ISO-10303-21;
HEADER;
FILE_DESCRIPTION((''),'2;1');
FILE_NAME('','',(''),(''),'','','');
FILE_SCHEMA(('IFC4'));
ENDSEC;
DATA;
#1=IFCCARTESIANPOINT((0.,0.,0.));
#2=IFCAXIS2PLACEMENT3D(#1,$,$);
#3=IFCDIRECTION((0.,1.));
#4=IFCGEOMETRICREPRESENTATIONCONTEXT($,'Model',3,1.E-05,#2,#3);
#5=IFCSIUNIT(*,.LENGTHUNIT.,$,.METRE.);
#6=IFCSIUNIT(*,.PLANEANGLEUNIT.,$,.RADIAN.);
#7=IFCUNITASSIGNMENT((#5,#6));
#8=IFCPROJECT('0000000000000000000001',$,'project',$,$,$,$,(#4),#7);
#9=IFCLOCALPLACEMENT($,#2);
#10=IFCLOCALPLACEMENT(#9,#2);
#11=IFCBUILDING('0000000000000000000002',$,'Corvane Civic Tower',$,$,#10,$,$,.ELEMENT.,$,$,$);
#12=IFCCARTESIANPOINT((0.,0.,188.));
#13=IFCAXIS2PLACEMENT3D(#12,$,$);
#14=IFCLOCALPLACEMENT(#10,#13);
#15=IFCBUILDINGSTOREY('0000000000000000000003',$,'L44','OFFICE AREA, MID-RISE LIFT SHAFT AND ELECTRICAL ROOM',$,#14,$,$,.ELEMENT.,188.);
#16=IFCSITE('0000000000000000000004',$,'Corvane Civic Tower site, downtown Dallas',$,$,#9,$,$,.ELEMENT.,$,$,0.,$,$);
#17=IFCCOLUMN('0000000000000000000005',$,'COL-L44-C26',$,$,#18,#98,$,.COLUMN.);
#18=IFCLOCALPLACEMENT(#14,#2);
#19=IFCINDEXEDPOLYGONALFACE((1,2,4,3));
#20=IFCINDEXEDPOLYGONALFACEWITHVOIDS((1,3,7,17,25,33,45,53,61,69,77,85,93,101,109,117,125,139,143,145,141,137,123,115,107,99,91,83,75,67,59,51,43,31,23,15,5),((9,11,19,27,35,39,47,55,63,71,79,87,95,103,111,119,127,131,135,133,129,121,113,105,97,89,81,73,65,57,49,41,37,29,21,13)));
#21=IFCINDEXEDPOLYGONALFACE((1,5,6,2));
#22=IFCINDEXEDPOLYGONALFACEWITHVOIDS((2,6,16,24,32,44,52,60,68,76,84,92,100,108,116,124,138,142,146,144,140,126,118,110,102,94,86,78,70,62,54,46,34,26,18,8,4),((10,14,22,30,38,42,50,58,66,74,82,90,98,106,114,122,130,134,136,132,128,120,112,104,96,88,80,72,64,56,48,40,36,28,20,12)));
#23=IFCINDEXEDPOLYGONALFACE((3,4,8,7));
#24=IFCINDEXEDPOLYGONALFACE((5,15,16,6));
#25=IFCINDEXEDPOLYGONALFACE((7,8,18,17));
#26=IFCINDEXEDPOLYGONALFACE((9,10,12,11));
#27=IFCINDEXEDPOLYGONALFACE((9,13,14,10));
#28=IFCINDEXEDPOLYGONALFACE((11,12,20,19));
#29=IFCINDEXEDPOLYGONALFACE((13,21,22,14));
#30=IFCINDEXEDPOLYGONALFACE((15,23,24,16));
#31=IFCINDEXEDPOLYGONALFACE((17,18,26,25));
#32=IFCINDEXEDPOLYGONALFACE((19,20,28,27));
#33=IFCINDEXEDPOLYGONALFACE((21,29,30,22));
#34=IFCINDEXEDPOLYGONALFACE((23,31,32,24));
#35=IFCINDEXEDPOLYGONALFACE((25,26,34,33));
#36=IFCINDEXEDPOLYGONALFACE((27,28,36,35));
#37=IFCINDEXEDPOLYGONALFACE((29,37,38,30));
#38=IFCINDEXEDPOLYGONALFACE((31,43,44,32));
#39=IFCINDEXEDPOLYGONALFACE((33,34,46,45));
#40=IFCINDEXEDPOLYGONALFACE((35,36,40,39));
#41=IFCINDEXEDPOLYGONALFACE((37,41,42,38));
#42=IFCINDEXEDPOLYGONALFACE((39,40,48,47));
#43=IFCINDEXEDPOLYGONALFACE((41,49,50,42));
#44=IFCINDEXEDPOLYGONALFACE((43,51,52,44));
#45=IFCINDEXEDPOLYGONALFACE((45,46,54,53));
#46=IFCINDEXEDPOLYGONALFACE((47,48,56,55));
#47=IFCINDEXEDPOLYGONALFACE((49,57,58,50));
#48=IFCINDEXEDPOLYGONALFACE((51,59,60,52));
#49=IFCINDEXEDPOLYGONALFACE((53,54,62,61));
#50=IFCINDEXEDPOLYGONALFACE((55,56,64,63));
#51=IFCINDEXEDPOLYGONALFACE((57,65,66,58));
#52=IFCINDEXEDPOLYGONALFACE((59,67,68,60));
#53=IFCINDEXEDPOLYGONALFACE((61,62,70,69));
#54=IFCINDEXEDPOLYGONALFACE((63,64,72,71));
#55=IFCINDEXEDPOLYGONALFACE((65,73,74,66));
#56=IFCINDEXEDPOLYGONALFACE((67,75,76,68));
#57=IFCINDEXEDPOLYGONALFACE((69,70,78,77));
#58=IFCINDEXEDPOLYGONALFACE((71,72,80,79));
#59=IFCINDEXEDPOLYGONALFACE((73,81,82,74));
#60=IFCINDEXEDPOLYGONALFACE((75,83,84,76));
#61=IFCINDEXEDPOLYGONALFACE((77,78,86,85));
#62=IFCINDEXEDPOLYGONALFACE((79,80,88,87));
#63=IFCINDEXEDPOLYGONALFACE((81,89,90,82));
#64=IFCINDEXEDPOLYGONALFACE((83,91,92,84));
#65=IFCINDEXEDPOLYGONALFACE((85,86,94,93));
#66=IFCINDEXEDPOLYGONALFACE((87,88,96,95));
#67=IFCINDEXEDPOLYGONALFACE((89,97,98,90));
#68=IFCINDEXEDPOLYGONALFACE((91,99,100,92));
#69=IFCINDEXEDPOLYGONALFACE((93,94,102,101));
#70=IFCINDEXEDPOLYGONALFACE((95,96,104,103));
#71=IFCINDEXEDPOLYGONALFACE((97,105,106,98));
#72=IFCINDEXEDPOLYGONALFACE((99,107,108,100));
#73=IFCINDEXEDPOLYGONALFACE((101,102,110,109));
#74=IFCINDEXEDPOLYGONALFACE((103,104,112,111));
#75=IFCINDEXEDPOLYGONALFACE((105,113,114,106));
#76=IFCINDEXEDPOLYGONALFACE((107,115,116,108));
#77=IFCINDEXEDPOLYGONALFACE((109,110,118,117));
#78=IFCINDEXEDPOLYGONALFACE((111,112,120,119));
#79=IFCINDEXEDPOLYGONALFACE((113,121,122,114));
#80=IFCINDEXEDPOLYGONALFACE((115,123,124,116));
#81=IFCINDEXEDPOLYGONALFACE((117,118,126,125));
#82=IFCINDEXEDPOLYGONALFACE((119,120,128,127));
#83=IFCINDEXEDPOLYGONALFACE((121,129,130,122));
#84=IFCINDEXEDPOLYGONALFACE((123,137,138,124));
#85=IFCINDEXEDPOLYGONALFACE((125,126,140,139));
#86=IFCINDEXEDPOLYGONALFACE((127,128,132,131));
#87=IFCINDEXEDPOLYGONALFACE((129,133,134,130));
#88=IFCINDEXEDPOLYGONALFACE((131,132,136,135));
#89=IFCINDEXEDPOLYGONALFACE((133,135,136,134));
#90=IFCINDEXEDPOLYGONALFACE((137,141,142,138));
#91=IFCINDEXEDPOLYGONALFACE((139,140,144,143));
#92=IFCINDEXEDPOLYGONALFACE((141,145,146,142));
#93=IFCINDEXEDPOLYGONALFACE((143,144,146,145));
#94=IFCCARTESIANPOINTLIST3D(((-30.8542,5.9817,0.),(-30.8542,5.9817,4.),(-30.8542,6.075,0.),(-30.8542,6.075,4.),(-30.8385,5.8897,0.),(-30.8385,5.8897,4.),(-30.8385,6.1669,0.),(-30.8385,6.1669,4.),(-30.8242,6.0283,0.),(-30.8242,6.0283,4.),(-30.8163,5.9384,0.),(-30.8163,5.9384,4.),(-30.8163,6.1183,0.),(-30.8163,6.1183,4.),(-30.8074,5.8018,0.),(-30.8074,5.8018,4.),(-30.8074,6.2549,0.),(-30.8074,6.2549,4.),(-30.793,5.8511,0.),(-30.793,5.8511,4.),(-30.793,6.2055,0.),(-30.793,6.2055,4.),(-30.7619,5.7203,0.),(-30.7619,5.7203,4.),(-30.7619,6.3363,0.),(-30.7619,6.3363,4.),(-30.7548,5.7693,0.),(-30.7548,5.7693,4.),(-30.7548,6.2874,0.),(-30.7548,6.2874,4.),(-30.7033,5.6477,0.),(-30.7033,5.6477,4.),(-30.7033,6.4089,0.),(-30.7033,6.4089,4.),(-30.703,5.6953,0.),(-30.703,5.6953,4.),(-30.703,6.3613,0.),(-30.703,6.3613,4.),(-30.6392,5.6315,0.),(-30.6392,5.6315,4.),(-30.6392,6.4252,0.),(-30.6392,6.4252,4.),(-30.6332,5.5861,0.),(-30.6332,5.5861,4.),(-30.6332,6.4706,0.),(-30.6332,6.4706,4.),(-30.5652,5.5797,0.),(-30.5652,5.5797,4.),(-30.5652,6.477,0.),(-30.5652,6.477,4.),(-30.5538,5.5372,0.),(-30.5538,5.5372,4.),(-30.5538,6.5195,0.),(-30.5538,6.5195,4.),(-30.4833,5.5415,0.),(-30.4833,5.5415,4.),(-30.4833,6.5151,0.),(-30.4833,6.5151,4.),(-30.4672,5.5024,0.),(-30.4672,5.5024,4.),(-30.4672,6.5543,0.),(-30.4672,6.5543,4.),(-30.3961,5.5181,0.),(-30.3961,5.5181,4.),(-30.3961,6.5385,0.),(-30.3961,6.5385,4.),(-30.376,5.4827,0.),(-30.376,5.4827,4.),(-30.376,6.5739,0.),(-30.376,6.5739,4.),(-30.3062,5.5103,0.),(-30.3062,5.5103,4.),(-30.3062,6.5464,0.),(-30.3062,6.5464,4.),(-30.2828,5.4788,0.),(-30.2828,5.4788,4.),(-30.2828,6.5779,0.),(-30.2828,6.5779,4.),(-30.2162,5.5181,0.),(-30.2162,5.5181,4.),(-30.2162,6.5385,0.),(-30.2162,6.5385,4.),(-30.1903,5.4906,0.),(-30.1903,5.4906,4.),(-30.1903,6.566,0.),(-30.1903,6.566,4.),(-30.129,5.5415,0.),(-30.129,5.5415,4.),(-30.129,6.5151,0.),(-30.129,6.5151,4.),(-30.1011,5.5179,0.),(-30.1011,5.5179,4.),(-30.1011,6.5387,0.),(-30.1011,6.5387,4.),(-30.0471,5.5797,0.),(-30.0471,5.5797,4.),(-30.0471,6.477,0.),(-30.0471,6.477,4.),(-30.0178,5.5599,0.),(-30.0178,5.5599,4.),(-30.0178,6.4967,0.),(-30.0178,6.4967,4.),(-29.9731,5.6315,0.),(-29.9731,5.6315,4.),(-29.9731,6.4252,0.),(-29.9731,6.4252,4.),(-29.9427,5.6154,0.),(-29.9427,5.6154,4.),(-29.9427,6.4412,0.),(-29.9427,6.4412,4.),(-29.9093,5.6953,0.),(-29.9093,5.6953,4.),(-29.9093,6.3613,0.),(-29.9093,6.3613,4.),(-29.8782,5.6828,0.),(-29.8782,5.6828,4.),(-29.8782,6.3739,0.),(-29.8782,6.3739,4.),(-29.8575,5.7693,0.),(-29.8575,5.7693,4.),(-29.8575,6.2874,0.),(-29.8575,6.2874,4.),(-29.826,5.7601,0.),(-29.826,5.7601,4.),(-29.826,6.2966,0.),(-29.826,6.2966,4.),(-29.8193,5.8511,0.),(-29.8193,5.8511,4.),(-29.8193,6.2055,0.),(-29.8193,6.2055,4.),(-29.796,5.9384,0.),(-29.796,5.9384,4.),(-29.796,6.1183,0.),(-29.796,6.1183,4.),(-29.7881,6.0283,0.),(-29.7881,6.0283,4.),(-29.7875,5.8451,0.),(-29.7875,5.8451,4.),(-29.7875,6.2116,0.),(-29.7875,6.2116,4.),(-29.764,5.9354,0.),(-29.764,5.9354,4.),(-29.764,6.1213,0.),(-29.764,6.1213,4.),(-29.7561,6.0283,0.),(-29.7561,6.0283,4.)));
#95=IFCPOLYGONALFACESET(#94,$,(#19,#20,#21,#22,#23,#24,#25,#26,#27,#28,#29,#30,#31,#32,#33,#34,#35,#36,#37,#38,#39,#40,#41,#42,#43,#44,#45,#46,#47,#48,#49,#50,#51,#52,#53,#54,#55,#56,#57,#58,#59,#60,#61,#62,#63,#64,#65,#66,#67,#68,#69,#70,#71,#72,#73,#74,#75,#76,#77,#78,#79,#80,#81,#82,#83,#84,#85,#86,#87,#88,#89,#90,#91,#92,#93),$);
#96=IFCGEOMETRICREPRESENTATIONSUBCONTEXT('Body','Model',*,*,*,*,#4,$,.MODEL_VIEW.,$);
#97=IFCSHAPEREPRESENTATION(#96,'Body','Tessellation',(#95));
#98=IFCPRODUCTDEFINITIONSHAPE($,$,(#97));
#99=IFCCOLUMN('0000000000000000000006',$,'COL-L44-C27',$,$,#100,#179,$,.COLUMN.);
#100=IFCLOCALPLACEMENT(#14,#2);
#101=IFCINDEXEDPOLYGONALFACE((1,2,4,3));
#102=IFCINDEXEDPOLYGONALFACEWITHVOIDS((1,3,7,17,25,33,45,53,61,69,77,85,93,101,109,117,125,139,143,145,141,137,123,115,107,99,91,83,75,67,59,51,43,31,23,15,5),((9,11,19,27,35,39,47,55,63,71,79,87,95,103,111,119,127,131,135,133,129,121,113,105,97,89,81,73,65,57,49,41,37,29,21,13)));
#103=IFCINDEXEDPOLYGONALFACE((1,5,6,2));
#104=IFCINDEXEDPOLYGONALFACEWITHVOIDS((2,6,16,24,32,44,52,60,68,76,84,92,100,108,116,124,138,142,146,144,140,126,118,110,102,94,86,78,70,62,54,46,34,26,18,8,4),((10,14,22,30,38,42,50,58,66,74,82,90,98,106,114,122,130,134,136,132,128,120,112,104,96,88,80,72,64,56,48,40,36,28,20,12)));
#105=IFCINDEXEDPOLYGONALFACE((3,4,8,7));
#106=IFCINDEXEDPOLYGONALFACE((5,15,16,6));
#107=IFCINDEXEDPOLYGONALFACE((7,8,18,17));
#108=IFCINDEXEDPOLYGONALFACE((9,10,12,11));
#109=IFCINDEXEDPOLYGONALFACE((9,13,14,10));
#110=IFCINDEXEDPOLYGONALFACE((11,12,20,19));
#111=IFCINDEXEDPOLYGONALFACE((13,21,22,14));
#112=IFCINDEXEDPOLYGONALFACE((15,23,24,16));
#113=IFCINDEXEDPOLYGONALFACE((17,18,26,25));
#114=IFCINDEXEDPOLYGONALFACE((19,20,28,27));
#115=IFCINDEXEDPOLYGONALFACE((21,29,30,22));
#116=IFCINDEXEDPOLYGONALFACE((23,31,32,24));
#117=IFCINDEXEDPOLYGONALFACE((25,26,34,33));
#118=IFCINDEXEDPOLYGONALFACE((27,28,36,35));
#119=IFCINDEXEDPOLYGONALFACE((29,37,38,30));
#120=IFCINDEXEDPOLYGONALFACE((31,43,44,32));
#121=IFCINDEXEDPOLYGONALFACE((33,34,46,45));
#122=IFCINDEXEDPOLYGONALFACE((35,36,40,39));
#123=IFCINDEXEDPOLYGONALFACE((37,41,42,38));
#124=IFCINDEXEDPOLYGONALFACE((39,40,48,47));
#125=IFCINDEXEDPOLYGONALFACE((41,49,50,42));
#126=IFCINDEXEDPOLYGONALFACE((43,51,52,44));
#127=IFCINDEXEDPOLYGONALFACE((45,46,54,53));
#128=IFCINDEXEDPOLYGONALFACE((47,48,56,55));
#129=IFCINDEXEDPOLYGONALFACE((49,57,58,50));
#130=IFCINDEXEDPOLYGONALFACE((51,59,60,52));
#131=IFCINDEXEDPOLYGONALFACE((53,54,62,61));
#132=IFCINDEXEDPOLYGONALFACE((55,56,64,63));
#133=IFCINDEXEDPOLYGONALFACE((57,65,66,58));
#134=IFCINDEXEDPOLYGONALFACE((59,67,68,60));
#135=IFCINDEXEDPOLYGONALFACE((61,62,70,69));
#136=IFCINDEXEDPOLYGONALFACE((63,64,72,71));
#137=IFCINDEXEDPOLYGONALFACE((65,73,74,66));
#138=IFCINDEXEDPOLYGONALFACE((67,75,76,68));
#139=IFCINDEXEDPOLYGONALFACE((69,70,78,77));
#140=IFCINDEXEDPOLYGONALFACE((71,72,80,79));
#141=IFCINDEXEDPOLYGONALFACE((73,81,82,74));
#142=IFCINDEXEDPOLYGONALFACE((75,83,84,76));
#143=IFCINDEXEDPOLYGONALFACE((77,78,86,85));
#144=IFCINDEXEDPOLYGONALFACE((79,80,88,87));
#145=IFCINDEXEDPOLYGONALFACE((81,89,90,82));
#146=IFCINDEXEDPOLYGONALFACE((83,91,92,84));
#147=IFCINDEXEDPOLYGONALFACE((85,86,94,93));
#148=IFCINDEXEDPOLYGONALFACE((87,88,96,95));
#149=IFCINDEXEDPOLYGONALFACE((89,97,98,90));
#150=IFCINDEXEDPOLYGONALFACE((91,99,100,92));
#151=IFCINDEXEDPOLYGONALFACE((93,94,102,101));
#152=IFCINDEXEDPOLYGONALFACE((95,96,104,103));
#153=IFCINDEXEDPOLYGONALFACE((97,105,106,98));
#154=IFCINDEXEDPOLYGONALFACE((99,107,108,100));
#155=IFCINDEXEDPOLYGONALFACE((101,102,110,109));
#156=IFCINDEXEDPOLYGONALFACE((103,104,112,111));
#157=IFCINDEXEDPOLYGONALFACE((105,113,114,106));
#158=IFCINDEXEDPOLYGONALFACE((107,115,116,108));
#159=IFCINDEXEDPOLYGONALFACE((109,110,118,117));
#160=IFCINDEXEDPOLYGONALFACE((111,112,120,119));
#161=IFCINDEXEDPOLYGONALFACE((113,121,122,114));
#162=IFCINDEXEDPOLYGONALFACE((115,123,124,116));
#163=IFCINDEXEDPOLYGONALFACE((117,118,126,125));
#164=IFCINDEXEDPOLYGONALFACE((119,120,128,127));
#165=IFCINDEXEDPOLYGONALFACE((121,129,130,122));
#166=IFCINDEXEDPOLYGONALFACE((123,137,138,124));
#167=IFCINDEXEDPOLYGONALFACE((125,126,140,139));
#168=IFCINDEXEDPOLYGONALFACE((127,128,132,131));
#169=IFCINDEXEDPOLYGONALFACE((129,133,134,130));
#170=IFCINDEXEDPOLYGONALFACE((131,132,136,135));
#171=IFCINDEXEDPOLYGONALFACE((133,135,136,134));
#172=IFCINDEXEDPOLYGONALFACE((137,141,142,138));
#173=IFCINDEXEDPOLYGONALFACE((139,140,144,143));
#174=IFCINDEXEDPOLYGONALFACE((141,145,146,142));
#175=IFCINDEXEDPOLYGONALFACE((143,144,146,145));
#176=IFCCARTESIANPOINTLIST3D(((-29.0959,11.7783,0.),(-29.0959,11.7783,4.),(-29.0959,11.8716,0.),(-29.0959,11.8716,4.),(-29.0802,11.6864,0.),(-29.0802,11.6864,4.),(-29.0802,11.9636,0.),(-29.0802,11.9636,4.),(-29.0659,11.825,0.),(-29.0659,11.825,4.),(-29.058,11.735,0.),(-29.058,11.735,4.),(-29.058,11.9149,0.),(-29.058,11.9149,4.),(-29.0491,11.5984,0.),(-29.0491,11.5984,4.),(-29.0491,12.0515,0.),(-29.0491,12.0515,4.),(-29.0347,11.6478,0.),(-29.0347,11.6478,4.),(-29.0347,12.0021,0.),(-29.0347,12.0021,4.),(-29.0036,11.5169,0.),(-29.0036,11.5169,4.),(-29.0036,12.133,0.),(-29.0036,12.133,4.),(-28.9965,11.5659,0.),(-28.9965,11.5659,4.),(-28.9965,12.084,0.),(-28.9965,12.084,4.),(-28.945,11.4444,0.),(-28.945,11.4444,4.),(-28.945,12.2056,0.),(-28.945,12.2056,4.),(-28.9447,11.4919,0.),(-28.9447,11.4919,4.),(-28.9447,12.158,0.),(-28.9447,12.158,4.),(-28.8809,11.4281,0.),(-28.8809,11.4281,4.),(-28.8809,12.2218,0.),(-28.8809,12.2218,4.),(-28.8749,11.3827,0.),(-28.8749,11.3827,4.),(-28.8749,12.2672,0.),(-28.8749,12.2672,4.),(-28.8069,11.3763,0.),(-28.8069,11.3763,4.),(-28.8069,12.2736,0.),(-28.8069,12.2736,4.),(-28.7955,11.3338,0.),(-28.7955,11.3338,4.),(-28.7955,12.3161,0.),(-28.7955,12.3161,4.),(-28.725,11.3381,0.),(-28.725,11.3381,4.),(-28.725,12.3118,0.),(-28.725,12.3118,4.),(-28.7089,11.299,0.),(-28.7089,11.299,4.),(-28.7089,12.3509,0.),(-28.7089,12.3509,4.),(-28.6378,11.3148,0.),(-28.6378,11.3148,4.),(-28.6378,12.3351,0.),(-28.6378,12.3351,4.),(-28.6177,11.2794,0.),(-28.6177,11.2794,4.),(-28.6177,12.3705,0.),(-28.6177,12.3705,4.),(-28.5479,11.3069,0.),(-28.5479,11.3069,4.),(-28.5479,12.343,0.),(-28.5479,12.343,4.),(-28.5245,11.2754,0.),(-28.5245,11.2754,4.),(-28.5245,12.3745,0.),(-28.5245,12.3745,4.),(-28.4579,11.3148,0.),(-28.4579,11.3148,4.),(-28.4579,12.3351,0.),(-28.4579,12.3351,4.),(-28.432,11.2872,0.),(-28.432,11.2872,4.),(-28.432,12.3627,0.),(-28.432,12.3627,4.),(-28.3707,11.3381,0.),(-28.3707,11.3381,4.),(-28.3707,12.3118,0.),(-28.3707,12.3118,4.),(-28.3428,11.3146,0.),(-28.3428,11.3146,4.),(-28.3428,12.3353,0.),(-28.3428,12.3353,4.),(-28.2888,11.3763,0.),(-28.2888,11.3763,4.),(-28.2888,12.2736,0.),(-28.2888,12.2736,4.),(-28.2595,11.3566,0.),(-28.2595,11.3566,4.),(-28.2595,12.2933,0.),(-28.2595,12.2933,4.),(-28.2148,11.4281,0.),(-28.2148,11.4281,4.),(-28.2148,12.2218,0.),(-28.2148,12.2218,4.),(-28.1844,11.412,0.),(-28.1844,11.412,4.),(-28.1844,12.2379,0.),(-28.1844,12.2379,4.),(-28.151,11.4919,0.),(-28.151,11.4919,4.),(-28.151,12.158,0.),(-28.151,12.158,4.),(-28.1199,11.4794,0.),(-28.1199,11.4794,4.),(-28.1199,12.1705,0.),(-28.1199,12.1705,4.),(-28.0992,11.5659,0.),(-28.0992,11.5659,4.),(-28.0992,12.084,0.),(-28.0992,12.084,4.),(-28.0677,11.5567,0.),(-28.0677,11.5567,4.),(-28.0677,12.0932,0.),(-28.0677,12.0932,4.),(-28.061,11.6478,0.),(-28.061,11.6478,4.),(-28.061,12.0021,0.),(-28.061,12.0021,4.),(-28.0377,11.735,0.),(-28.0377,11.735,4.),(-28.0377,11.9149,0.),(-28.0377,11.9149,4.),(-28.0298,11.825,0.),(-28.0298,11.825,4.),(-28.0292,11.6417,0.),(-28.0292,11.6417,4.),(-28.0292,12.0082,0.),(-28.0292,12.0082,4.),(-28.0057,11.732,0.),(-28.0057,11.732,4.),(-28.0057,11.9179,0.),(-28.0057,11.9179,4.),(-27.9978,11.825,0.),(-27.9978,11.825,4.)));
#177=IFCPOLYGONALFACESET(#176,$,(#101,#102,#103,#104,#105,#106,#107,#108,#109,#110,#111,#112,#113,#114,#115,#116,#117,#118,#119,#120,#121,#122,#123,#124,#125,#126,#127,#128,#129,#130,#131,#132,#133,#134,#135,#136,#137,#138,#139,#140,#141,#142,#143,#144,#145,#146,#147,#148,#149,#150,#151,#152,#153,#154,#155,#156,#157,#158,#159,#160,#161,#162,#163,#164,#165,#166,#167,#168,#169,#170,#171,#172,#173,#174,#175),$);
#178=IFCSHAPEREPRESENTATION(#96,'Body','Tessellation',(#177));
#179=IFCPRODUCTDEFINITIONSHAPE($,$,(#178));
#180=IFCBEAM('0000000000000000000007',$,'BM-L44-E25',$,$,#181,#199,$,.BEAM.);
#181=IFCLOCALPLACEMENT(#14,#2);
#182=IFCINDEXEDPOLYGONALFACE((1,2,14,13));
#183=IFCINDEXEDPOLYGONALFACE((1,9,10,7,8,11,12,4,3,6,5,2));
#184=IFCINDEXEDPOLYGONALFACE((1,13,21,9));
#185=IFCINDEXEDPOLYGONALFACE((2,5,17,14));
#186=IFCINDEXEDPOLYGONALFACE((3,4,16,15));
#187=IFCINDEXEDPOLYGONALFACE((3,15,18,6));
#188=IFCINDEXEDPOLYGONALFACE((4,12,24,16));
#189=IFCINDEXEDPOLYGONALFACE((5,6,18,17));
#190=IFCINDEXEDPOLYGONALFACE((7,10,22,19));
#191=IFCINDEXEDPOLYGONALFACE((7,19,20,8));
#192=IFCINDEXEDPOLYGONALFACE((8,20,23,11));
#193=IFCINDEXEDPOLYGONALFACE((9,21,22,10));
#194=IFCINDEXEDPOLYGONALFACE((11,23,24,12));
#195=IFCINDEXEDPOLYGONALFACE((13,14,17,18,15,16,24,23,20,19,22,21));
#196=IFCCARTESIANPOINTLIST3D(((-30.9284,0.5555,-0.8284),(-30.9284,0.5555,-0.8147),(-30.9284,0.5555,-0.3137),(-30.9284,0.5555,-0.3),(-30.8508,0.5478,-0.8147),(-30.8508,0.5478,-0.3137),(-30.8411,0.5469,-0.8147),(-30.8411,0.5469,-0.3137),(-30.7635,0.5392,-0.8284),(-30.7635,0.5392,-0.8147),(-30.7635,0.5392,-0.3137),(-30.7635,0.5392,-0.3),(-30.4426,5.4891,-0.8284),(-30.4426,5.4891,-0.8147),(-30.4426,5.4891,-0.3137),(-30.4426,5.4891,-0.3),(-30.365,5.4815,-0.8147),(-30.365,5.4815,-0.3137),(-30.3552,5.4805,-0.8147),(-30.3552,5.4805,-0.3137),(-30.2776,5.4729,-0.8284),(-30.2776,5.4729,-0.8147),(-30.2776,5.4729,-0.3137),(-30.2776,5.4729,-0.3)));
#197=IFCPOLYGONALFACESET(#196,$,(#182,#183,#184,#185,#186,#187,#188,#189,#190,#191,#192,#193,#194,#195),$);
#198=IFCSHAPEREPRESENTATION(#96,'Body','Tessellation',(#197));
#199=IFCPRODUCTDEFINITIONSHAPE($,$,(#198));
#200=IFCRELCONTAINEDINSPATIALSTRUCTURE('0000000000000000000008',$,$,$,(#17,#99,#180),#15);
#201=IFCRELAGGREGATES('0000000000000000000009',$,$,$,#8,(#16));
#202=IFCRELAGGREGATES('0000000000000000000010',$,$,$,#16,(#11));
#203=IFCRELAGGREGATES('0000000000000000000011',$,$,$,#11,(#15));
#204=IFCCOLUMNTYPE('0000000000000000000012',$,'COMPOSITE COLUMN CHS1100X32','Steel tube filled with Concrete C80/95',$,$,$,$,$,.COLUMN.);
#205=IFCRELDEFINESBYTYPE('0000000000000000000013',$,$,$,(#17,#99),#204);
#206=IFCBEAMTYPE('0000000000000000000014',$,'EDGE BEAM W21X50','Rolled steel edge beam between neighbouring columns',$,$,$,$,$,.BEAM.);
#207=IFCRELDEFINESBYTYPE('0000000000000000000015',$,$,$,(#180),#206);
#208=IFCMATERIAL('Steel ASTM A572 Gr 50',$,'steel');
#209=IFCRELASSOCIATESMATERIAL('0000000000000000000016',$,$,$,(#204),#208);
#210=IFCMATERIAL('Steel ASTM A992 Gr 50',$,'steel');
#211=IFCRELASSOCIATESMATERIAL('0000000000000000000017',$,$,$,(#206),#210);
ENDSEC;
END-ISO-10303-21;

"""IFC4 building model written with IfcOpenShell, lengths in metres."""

from ifc_helpers import new_model, si_unit, direction, frame, origin, origin_2d, place, context, subcontext, project, spatial, hollow_circle, i_section, extrude, material, material_profile, profile_set, type_object, element, save


model = new_model("IFC4")

# Units and contexts
model_context = context("Model", 3, precision=1e-05, world=origin(), true_north=direction((0.0, 1.0)))
body_context = subcontext(model_context, "Body", "Model", "MODEL_VIEW")
ifc_project = project(units=[si_unit("LENGTHUNIT", "METRE"), si_unit("PLANEANGLEUNIT", "RADIAN")], contexts=[model_context])

# Site, building, storey
site_placement = place(None, origin())
site = spatial("IfcSite", under=ifc_project, at=site_placement, Name="Corvane Civic Tower site, downtown Dallas", CompositionType="ELEMENT", RefElevation=0.0)
building_placement = place(site_placement, origin())
building = spatial("IfcBuilding", under=site, at=building_placement, Name="Corvane Civic Tower", CompositionType="ELEMENT")
storey_placement = place(building_placement, frame((0.0, 0.0, 188.0)))
storey = spatial("IfcBuildingStorey", under=building, at=storey_placement, Name="L44", Description="OFFICE AREA, MID-RISE LIFT SHAFT AND ELECTRICAL ROOM", CompositionType="ELEMENT", Elevation=188.0)

# Columns
ifc_material_1 = material(Name="Steel ASTM A572 Gr 50", Category="steel")
ifc_material_profile_1 = material_profile(ifc_material_1, hollow_circle(Radius=0.55, WallThickness=0.032, at=origin_2d()), Name="CHS1100X32")
ifc_profile_set_1 = profile_set([ifc_material_profile_1], Name="Steel ASTM A572 Gr 50")
column_type = type_object("IfcColumnType", Name="COMPOSITE COLUMN CHS1100X32", Description="Steel tube filled with Concrete C80/95", PredefinedType="COLUMN", material=ifc_profile_set_1)
for number, where, z_axis, x_axis, name in (
    (1, (-30.3062, 6.0283, 0.0), (0.0, 0.0, 1.0), (1.0, 0.0, 0.0), "COL-L44-C26"),
    (2, (-28.5479, 11.825, 0.0), (0.0, 0.0, 1.0), (1.0, 0.0, 0.0), "COL-L44-C27"),
):
    element("IfcColumn", number, at=place(storey_placement, frame(where, z_axis=z_axis, x_axis=x_axis)), inside=storey, type_object=column_type, Name=name, PredefinedType="COLUMN", context=body_context, shape_type="SweptSolid", body=[
        extrude(hollow_circle(Radius=0.55, WallThickness=0.032, at=origin_2d()), origin(), (0.0, 0.0, 1.0), 4.0),
    ])

# Beam
ifc_material_2 = material(Name="Steel ASTM A992 Gr 50", Category="steel")
ifc_material_profile_2 = material_profile(ifc_material_2, i_section(OverallWidth=0.1658, OverallDepth=0.5283, WebThickness=0.0098, FlangeThickness=0.0137, at=origin_2d()), Name="W21X50")
ifc_profile_set_2 = profile_set([ifc_material_profile_2], Name="Steel ASTM A992 Gr 50")
beam_type_1 = type_object("IfcBeamType", Name="EDGE BEAM W21X50", Description="Rolled steel edge beam between neighbouring columns", PredefinedType="BEAM", material=ifc_profile_set_2)
beam_1_placement = place(storey_placement, frame((-30.8459, 0.5474, -0.5642), z_axis=(0.098002, 0.995186, 0.0), x_axis=(-0.995186, 0.098002, 0.0)))
element("IfcBeam", 3, at=beam_1_placement, inside=storey, type_object=beam_type_1, Name="BM-L44-E25", PredefinedType="BEAM", context=body_context, shape_type="SweptSolid", body=[
    extrude(i_section(OverallWidth=0.1658, OverallDepth=0.5283, WebThickness=0.0098, FlangeThickness=0.0137, at=origin_2d()), origin(), (0.0, 0.0, 1.0), 4.9575),
])

save(model, "model.ifc")
